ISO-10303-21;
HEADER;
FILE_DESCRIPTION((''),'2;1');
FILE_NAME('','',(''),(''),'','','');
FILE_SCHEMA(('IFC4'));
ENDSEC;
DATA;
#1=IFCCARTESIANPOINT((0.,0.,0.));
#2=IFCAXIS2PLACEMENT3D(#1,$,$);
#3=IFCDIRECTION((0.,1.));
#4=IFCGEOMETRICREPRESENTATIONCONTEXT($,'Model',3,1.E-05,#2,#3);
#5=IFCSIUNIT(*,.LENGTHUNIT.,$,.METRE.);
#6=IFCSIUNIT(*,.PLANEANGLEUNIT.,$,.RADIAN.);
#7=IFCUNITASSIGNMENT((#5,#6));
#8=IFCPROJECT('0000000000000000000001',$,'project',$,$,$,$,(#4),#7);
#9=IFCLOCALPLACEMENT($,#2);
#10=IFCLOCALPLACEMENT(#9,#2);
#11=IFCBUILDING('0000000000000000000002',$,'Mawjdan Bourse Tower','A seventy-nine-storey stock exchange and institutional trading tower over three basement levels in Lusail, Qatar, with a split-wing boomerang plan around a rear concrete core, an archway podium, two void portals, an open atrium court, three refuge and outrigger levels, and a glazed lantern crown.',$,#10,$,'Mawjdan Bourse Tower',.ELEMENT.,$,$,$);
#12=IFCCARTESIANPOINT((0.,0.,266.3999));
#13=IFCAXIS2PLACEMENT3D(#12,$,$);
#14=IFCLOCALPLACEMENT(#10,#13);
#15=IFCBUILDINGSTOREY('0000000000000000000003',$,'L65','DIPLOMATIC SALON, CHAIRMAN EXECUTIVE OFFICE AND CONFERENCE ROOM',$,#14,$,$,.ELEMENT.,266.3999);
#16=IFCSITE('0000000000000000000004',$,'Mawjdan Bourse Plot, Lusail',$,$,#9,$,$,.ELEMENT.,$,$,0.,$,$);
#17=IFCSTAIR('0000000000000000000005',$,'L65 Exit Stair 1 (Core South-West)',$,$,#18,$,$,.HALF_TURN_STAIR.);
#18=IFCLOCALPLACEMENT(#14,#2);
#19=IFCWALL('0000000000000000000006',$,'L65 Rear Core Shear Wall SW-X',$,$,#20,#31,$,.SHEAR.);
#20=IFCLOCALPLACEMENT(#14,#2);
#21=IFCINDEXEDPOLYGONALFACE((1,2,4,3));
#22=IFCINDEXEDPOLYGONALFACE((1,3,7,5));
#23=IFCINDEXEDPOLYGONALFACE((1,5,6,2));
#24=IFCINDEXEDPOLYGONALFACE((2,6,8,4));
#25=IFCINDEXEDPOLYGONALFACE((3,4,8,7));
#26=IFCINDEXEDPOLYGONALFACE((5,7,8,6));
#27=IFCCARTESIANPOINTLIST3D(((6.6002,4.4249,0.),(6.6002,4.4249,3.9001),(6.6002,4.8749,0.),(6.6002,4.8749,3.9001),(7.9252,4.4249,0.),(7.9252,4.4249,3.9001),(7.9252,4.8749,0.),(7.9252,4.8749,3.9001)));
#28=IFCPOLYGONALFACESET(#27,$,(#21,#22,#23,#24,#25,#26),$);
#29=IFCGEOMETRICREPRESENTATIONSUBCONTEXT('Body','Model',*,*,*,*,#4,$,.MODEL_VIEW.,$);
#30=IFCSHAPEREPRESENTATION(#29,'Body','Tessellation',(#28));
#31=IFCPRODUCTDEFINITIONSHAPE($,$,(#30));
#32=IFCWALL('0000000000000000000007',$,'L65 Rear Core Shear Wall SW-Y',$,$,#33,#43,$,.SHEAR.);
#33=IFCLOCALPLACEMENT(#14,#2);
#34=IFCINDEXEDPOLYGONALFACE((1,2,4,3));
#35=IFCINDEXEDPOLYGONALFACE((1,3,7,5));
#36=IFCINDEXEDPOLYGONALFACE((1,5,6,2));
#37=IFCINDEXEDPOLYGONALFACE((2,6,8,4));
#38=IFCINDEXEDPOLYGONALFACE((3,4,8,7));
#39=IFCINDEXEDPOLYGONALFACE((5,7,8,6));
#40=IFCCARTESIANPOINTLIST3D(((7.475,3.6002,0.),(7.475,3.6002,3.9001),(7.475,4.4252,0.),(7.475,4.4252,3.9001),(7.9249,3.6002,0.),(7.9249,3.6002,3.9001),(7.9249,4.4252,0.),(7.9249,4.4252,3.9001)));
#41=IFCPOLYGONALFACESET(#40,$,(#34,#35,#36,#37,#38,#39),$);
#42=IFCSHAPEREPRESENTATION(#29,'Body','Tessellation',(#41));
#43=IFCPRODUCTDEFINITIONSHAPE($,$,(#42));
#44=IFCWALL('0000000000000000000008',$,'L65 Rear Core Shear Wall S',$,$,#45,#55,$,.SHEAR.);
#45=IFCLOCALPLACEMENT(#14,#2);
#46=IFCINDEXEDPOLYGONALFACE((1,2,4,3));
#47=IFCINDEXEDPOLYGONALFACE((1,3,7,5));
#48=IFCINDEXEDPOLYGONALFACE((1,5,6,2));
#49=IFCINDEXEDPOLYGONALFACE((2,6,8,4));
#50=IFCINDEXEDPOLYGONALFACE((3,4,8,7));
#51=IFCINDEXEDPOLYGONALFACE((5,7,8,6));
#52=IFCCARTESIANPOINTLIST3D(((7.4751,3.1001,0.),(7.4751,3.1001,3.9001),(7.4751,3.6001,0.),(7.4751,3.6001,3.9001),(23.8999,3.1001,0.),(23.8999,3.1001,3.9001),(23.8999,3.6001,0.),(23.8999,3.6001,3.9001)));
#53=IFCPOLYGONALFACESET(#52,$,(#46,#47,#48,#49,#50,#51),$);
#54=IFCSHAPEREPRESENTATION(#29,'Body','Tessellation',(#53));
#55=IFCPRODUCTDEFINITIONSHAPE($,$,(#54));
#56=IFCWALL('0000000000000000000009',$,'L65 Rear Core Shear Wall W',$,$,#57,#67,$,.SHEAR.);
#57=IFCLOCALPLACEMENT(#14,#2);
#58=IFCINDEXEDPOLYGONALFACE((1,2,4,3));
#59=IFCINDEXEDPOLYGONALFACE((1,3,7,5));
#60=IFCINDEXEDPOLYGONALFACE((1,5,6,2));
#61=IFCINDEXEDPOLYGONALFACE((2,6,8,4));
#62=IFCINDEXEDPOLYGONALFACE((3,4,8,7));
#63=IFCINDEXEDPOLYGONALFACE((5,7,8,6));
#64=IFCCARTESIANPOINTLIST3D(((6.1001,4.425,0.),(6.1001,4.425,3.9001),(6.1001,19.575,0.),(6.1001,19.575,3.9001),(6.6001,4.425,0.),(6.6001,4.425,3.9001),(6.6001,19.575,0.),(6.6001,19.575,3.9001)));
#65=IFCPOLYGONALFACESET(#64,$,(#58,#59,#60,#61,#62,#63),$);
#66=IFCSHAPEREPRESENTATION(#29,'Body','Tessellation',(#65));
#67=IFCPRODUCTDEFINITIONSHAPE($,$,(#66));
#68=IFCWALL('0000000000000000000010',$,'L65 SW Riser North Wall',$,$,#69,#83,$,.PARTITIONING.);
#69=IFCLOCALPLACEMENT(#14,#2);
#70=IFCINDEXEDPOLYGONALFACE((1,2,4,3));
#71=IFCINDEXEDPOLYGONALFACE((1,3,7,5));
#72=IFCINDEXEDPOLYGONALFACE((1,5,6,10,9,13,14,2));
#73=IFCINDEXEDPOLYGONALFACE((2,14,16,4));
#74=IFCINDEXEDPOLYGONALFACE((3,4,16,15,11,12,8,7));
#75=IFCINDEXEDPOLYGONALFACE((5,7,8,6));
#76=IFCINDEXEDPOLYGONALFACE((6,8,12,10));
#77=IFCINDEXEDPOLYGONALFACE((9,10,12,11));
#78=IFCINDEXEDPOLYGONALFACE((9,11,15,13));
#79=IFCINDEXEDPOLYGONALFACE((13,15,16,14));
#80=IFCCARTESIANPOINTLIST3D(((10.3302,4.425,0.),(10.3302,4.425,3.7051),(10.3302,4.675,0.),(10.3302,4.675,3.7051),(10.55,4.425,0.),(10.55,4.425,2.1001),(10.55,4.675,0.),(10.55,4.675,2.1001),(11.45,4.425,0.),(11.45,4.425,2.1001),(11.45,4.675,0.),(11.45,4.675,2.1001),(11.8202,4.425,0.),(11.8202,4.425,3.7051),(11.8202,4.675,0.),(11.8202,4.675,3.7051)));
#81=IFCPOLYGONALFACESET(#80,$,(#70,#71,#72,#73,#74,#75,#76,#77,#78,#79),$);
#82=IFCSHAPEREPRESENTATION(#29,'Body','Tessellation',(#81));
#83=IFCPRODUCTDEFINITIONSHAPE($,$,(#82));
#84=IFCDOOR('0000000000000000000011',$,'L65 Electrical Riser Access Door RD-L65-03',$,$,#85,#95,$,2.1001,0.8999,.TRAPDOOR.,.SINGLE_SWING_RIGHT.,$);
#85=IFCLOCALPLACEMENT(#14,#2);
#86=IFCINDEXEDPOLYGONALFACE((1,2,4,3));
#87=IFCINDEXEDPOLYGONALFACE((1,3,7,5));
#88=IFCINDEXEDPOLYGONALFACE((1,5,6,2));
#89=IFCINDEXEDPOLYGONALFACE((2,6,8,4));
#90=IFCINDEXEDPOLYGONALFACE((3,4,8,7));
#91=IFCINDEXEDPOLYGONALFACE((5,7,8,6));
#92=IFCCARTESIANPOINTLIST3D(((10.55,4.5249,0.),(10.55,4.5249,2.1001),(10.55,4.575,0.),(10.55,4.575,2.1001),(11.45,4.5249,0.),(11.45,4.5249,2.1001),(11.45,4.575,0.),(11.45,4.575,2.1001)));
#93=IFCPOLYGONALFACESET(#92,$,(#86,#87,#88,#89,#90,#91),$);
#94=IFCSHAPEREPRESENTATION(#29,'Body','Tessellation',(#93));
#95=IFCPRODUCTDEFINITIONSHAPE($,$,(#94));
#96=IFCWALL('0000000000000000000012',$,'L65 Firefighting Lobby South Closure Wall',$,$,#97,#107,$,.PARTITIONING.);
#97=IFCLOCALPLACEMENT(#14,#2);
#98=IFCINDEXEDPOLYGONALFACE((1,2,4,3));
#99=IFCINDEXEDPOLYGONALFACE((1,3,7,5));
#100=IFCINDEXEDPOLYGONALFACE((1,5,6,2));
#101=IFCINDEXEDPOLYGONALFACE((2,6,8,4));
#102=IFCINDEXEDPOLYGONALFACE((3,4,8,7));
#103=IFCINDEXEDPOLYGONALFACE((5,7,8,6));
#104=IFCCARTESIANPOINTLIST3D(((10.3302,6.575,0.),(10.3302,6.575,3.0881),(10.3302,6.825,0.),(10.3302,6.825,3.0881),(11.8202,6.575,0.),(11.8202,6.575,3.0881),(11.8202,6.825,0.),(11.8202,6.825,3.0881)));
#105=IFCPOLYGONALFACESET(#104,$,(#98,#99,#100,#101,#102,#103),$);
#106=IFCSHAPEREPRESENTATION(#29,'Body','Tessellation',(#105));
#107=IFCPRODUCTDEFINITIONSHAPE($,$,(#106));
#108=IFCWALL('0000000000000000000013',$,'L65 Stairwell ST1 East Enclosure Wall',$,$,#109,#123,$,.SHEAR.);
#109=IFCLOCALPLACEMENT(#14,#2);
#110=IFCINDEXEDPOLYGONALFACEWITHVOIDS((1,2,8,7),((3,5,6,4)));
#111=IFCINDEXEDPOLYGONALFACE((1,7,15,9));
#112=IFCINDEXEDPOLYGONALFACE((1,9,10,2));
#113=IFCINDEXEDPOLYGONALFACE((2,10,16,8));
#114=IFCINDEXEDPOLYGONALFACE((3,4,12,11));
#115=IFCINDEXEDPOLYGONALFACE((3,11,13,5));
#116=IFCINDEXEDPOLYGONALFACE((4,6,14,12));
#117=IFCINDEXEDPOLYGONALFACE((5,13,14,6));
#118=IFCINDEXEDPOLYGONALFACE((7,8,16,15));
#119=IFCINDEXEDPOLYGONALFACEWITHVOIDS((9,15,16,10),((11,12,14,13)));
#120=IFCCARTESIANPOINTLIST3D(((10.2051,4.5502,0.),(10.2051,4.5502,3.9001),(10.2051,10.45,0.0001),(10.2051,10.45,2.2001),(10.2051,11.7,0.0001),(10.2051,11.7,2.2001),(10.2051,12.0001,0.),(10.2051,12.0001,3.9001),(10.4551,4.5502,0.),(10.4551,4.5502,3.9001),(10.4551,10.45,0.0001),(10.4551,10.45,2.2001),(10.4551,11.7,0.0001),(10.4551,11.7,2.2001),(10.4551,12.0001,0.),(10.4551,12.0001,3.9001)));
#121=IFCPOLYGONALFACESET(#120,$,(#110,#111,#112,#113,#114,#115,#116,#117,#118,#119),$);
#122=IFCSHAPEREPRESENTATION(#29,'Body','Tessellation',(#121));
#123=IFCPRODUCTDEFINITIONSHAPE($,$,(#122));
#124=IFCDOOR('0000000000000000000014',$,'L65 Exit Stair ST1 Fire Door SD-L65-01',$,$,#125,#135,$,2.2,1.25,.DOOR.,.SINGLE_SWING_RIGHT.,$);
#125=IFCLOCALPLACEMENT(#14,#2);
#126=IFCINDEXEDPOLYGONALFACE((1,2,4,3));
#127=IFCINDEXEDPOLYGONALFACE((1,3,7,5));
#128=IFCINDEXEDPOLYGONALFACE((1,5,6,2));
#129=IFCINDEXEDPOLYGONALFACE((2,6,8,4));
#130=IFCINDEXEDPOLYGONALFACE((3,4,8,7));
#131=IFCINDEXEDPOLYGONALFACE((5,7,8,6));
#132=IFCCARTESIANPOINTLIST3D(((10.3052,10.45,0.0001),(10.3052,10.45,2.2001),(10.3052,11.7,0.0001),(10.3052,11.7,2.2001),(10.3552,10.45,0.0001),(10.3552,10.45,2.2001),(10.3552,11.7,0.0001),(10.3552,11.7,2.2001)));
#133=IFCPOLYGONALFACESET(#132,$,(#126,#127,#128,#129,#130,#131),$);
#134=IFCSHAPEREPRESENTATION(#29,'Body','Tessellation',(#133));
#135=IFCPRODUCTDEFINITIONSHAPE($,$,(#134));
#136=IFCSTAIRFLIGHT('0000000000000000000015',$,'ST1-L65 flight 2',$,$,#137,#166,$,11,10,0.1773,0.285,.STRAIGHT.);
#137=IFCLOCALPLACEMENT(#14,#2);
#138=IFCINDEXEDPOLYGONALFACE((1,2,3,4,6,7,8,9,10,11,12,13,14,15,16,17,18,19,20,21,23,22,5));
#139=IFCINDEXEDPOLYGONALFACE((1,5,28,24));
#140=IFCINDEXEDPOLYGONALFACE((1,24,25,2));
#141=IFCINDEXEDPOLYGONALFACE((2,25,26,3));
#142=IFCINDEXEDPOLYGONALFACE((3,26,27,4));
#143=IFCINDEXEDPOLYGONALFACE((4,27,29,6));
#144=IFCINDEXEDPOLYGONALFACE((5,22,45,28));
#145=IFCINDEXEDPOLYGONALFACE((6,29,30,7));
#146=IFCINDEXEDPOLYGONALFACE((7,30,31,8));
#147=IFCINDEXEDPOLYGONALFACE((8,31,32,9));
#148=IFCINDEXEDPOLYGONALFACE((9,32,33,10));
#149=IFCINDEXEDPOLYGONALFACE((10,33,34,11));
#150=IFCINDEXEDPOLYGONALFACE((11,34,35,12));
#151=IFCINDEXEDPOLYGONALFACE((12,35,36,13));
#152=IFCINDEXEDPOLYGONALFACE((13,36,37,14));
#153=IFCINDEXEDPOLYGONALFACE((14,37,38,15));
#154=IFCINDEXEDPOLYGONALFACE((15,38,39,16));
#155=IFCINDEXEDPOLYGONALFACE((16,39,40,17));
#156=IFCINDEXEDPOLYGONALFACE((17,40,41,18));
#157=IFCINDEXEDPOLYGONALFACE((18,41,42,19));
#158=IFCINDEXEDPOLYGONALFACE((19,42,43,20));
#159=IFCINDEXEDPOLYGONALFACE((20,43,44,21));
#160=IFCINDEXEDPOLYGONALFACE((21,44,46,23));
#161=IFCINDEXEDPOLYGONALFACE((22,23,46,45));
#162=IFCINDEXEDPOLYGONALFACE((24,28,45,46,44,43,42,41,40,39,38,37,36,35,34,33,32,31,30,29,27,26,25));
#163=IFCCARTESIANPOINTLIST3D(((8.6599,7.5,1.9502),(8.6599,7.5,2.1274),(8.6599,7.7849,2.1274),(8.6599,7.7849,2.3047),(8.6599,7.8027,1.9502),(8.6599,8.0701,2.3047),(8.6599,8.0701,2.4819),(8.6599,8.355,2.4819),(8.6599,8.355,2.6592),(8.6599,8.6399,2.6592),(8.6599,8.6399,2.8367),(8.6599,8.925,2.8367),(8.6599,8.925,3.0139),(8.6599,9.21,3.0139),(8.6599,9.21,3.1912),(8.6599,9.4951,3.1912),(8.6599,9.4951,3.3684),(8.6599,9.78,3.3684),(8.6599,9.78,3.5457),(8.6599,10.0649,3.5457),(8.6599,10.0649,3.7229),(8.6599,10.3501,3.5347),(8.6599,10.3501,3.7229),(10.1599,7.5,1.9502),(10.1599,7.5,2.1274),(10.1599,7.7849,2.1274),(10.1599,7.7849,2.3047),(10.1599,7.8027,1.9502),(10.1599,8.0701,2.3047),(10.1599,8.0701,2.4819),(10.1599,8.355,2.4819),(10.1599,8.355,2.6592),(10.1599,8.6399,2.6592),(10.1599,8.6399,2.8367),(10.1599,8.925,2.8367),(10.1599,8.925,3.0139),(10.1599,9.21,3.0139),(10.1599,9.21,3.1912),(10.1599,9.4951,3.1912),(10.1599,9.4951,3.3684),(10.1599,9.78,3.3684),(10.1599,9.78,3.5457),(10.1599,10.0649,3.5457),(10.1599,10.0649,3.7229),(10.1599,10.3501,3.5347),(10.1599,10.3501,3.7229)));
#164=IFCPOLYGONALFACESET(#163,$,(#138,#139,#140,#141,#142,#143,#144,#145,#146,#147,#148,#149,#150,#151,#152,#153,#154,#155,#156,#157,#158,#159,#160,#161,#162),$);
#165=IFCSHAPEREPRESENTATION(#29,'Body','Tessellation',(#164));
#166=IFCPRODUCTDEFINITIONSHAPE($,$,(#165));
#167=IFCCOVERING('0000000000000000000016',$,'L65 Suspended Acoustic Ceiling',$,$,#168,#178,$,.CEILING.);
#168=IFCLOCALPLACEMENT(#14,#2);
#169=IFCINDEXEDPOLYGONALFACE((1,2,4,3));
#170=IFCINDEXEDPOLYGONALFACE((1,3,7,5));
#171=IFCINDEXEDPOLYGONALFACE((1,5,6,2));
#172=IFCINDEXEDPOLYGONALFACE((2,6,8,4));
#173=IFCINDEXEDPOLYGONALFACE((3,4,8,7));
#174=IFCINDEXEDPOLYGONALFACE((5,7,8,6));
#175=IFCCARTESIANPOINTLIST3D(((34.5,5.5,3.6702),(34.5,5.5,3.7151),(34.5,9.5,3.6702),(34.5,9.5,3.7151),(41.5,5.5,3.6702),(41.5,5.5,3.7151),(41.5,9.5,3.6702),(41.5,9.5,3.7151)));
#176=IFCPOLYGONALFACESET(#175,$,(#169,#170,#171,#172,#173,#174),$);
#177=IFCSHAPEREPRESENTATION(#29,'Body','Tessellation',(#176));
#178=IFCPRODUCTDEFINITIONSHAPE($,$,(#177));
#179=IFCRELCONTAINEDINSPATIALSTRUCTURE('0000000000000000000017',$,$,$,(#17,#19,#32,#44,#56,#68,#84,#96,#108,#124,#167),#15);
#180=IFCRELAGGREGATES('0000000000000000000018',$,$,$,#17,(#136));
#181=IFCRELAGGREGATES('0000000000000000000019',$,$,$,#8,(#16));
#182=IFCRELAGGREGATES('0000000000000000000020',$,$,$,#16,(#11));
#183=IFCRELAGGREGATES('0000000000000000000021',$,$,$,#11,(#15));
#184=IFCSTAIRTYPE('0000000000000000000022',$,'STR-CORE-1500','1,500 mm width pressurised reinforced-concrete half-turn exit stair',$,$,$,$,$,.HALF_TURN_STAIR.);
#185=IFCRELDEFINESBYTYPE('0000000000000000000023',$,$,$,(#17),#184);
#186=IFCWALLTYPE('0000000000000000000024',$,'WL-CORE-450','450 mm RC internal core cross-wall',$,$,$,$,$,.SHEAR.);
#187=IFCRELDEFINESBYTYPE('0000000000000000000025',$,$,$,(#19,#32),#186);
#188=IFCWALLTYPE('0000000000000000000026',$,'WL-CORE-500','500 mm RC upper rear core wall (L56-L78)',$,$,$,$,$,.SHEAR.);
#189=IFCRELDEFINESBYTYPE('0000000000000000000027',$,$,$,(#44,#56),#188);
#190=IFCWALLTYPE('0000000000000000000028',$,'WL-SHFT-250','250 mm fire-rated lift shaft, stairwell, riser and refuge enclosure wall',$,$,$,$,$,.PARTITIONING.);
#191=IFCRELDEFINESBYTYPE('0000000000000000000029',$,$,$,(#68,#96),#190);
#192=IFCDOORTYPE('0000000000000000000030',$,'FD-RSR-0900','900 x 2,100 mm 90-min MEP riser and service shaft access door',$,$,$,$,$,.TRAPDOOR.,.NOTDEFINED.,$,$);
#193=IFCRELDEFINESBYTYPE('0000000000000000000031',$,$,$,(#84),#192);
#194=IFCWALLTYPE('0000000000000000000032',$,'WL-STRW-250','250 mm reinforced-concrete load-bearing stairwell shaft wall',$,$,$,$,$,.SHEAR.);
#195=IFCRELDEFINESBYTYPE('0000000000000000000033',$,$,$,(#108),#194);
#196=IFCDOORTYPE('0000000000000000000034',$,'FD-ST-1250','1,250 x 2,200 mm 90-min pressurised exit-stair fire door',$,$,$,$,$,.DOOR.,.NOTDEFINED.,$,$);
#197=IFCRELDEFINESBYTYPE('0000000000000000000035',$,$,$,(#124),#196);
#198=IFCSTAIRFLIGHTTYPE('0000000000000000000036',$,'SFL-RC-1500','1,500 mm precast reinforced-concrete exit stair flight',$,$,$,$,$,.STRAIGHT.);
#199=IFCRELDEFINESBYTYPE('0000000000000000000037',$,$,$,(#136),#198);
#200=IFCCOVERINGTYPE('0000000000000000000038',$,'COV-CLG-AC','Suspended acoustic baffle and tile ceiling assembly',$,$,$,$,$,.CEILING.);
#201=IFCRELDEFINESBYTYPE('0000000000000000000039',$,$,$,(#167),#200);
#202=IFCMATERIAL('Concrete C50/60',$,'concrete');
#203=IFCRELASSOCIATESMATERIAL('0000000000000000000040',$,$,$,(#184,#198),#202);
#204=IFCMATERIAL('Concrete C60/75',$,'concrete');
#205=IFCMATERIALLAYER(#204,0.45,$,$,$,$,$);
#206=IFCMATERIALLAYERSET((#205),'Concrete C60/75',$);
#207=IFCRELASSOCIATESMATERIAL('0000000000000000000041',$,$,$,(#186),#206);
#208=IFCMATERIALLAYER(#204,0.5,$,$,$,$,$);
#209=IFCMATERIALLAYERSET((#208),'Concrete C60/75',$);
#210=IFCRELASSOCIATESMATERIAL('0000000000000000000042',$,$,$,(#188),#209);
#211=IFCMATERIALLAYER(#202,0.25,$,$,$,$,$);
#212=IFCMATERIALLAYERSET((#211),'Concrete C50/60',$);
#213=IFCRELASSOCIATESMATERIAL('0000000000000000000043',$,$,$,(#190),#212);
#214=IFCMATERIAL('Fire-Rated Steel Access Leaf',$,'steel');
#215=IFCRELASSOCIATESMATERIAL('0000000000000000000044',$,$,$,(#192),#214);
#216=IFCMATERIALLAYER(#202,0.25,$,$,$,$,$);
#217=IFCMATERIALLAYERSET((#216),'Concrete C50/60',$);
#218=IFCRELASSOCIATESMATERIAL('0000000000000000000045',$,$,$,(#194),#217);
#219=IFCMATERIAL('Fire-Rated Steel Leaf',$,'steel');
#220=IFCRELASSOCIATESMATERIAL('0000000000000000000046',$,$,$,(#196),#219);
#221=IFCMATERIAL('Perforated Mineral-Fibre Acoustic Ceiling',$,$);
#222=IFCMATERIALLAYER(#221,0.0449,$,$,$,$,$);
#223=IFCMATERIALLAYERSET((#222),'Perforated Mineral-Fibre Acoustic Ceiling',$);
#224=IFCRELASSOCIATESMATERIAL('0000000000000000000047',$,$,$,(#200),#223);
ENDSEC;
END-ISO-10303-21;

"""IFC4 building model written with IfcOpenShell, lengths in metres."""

from ifc_helpers import new_model, si_unit, direction, frame, frame_2d, origin, place, context, subcontext, project, spatial, polyline, rectangle, outline, extrude, material, layer, layer_set, type_object, element, fill, aggregate, save


model = new_model("IFC4")

# Units and contexts
model_context = context("Model", 3, precision=1e-05, world=origin(), true_north=direction((0.0, 1.0)))
body_context = subcontext(model_context, "Body", "Model", "MODEL_VIEW")
ifc_project = project(units=[si_unit("LENGTHUNIT", "METRE"), si_unit("PLANEANGLEUNIT", "RADIAN")], contexts=[model_context])

# Site, building, storey
site_placement = place(None, origin())
site = spatial("IfcSite", under=ifc_project, at=site_placement, Name="Mawjdan Bourse Plot, Lusail", CompositionType="ELEMENT", RefElevation=0.0)
building_placement = place(site_placement, origin())
building = spatial("IfcBuilding", under=site, at=building_placement, Name="Mawjdan Bourse Tower", Description="A seventy-nine-storey stock exchange and institutional trading tower over three basement levels in Lusail, Qatar, with a split-wing boomerang plan around a rear concrete core, an archway podium, two void portals, an open atrium court, three refuge and outrigger levels, and a glazed lantern crown.", LongName="Mawjdan Bourse Tower", CompositionType="ELEMENT")
storey_placement = place(building_placement, frame((0.0, 0.0, 266.3999)))
storey = spatial("IfcBuildingStorey", under=building, at=storey_placement, Name="L65", Description="DIPLOMATIC SALON, CHAIRMAN EXECUTIVE OFFICE AND CONFERENCE ROOM", CompositionType="ELEMENT", Elevation=266.3999)

# Stair
ifc_material_1 = material(Name="Concrete C50/60", Category="concrete")
stair_type = type_object("IfcStairType", Name="STR-CORE-1500", Description="1,500 mm width pressurised reinforced-concrete half-turn exit stair", PredefinedType="HALF_TURN_STAIR", material=ifc_material_1)
stair_1_placement = place(storey_placement, origin())
stair_1 = element("IfcStair", 1, at=stair_1_placement, inside=storey, type_object=stair_type, Name="L65 Exit Stair 1 (Core South-West)", PredefinedType="HALF_TURN_STAIR")

# Walls
ifc_material_2 = material(Name="Concrete C60/75", Category="concrete")
ifc_layer_1 = layer(ifc_material_2, 0.45)
ifc_layer_set_1 = layer_set([ifc_layer_1], Name="Concrete C60/75")
wall_type_1 = type_object("IfcWallType", Name="WL-CORE-450", Description="450 mm RC internal core cross-wall", PredefinedType="SHEAR", material=ifc_layer_set_1)
wall_1_placement = place(storey_placement, frame((6.6001, 4.6499, 0.0), z_axis=(0.0, 0.0, 1.0), x_axis=(1.0, 0.0, 0.0)))
element("IfcWall", 2, at=wall_1_placement, inside=storey, type_object=wall_type_1, Name="L65 Rear Core Shear Wall SW-X", PredefinedType="SHEAR", context=body_context, shape_type="SweptSolid", body=[
    extrude(rectangle(XDim=1.325, YDim=0.45, at=frame_2d((0.6626, 0.0))), origin(), (0.0, 0.0, 1.0), 3.9001),
])
wall_2_placement = place(storey_placement, frame((7.7, 3.6001, 0.0), z_axis=(0.0, 0.0, 1.0), x_axis=(0.0, 1.0, 0.0)))
element("IfcWall", 3, at=wall_2_placement, inside=storey, type_object=wall_type_1, Name="L65 Rear Core Shear Wall SW-Y", PredefinedType="SHEAR", context=body_context, shape_type="SweptSolid", body=[
    extrude(rectangle(XDim=0.825, YDim=0.45, at=frame_2d((0.4126, 0.0))), origin(), (0.0, 0.0, 1.0), 3.9001),
])
ifc_layer_2 = layer(ifc_material_2, 0.5)
ifc_layer_set_2 = layer_set([ifc_layer_2], Name="Concrete C60/75")
wall_type_2 = type_object("IfcWallType", Name="WL-CORE-500", Description="500 mm RC upper rear core wall (L56-L78)", PredefinedType="SHEAR", material=ifc_layer_set_2)
wall_3_placement = place(storey_placement, frame((7.4751, 3.3501, 0.0), z_axis=(0.0, 0.0, 1.0), x_axis=(1.0, 0.0, 0.0)))
element("IfcWall", 4, at=wall_3_placement, inside=storey, type_object=wall_type_2, Name="L65 Rear Core Shear Wall S", PredefinedType="SHEAR", context=body_context, shape_type="SweptSolid", body=[
    extrude(rectangle(XDim=16.4248, YDim=0.5, at=frame_2d((8.2124, 0.0))), origin(), (0.0, 0.0, 1.0), 3.9001),
])
wall_4_placement = place(storey_placement, frame((6.3501, 4.425, 0.0), z_axis=(0.0, 0.0, 1.0), x_axis=(0.0, 1.0, 0.0)))
element("IfcWall", 5, at=wall_4_placement, inside=storey, type_object=wall_type_2, Name="L65 Rear Core Shear Wall W", PredefinedType="SHEAR", context=body_context, shape_type="SweptSolid", body=[
    extrude(rectangle(XDim=15.1499, YDim=0.5, at=frame_2d((7.575, 0.0))), origin(), (0.0, 0.0, 1.0), 3.9001),
])

# Wall, opening, door
ifc_layer_3 = layer(ifc_material_1, 0.25)
ifc_layer_set_3 = layer_set([ifc_layer_3], Name="Concrete C50/60")
wall_type_3 = type_object("IfcWallType", Name="WL-SHFT-250", Description="250 mm fire-rated lift shaft, stairwell, riser and refuge enclosure wall", PredefinedType="PARTITIONING", material=ifc_layer_set_3)
wall_5_placement = place(storey_placement, frame((10.3301, 4.55, 0.0), z_axis=(0.0, 0.0, 1.0), x_axis=(1.0, 0.0, 0.0)))
wall_5 = element("IfcWall", 6, at=wall_5_placement, inside=storey, type_object=wall_type_3, Name="L65 SW Riser North Wall", PredefinedType="PARTITIONING", context=body_context, shape_type="SweptSolid", body=[
    extrude(rectangle(XDim=1.49, YDim=0.25, at=frame_2d((0.7451, 0.0))), origin(), (0.0, 0.0, 1.0), 3.7051),
])
opening_1_placement = place(wall_5_placement, frame((0.22, 0.0, 0.0)))
opening_1 = element("IfcOpeningElement", 7, at=opening_1_placement, cuts=wall_5, PredefinedType="OPENING", context=body_context, shape_type="SweptSolid", body=[
    extrude(rectangle(XDim=0.8999, YDim=2.1001, at=frame_2d((0.45, 1.05))), frame((0.0, 0.135, 0.0), z_axis=(0.0, -1.0, 0.0), x_axis=(1.0, 0.0, 0.0)), (0.0, 0.0, 1.0), 0.27),
])
ifc_material_3 = material(Name="Fire-Rated Steel Access Leaf", Category="steel")
door_type_1 = type_object("IfcDoorType", Name="FD-RSR-0900", Description="900 x 2,100 mm 90-min MEP riser and service shaft access door", OperationType="NOTDEFINED", PredefinedType="TRAPDOOR", material=ifc_material_3)
door_1_placement = place(opening_1_placement, origin())
door_1 = element("IfcDoor", 8, at=door_1_placement, inside=storey, type_object=door_type_1, Name="L65 Electrical Riser Access Door RD-L65-03", OperationType="SINGLE_SWING_RIGHT", OverallHeight=2.1001, OverallWidth=0.8999, PredefinedType="TRAPDOOR", context=body_context, shape_type="SweptSolid", body=[
    extrude(rectangle(XDim=0.8999, YDim=2.1001, at=frame_2d((0.45, 1.05))), frame((0.0, 0.0249, 0.0), z_axis=(0.0, -1.0, 0.0), x_axis=(1.0, 0.0, 0.0)), (0.0, 0.0, 1.0), 0.05),
])
fill(opening_1, door_1)

# Wall
wall_6_placement = place(storey_placement, frame((10.3301, 6.7, 0.0), z_axis=(0.0, 0.0, 1.0), x_axis=(1.0, 0.0, 0.0)))
element("IfcWall", 9, at=wall_6_placement, inside=storey, type_object=wall_type_3, Name="L65 Firefighting Lobby South Closure Wall", PredefinedType="PARTITIONING", context=body_context, shape_type="SweptSolid", body=[
    extrude(rectangle(XDim=1.49, YDim=0.25, at=frame_2d((0.7451, 0.0))), origin(), (0.0, 0.0, 1.0), 3.0881),
])
ifc_layer_4 = layer(ifc_material_1, 0.25)
ifc_layer_set_4 = layer_set([ifc_layer_4], Name="Concrete C50/60")
wall_type_4 = type_object("IfcWallType", Name="WL-STRW-250", Description="250 mm reinforced-concrete load-bearing stairwell shaft wall", PredefinedType="SHEAR", material=ifc_layer_set_4)

# Wall, opening, door
wall_7_placement = place(storey_placement, frame((10.3301, 4.55, 0.0), z_axis=(0.0, 0.0, 1.0), x_axis=(0.0, 1.0, 0.0)))
wall_7 = element("IfcWall", 10, at=wall_7_placement, inside=storey, type_object=wall_type_4, Name="L65 Stairwell ST1 East Enclosure Wall", PredefinedType="SHEAR", context=body_context, shape_type="SweptSolid", body=[
    extrude(rectangle(XDim=7.45, YDim=0.25, at=frame_2d((3.7251, 0.0))), origin(), (0.0, 0.0, 1.0), 3.9001),
])
opening_2_placement = place(wall_7_placement, frame((5.8999, 0.0, 0.0)))
opening_2 = element("IfcOpeningElement", 11, at=opening_2_placement, cuts=wall_7, PredefinedType="OPENING", context=body_context, shape_type="SweptSolid", body=[
    extrude(rectangle(XDim=1.25, YDim=2.2, at=frame_2d((0.625, 1.1001))), frame((0.0, 0.135, 0.0), z_axis=(0.0, -1.0, 0.0), x_axis=(1.0, 0.0, 0.0)), (0.0, 0.0, 1.0), 0.27),
])
ifc_material_4 = material(Name="Fire-Rated Steel Leaf", Category="steel")
door_type_2 = type_object("IfcDoorType", Name="FD-ST-1250", Description="1,250 x 2,200 mm 90-min pressurised exit-stair fire door", OperationType="NOTDEFINED", PredefinedType="DOOR", material=ifc_material_4)
door_2_placement = place(opening_2_placement, origin())
door_2 = element("IfcDoor", 12, at=door_2_placement, inside=storey, type_object=door_type_2, Name="L65 Exit Stair ST1 Fire Door SD-L65-01", OperationType="SINGLE_SWING_RIGHT", OverallHeight=2.2, OverallWidth=1.25, PredefinedType="DOOR", context=body_context, shape_type="SweptSolid", body=[
    extrude(rectangle(XDim=1.25, YDim=2.2, at=frame_2d((0.625, 1.1001))), frame((0.0, 0.0249, 0.0), z_axis=(0.0, -1.0, 0.0), x_axis=(1.0, 0.0, 0.0)), (0.0, 0.0, 1.0), 0.05),
])
fill(opening_2, door_2)

# Stair flight
stair_flight_type = type_object("IfcStairFlightType", Name="SFL-RC-1500", Description="1,500 mm precast reinforced-concrete exit stair flight", PredefinedType="STRAIGHT", material=ifc_material_1)
stair_flight_placement = place(storey_placement, frame((9.4099, 7.5, 1.9502), z_axis=(0.0, 0.0, 1.0), x_axis=(0.0, 1.0, 0.0)))
stair_flight = element("IfcStairFlight", 13, at=stair_flight_placement, type_object=stair_flight_type, Name="ST1-L65 flight 2", NumberOfRisers=11, NumberOfTreads=10, PredefinedType="STRAIGHT", RiserHeight=0.1773, TreadLength=0.285, context=body_context, shape_type="SweptSolid", body=[
    extrude(outline(polyline([(0.0, 0.0), (0.0, 0.1772), (0.2849, 0.1772), (0.2849, 0.3545), (0.5701, 0.3545), (0.5701, 0.5317), (0.855, 0.5317), (0.855, 0.709), (1.1399, 0.709), (1.1399, 0.8865), (1.425, 0.8865), (1.425, 1.0637), (1.71, 1.0637), (1.71, 1.241), (1.9951, 1.241), (1.9951, 1.4182), (2.28, 1.4182), (2.28, 1.5955), (2.5649, 1.5955), (2.5649, 1.7727), (2.8501, 1.7727), (2.8501, 1.95), (2.8501, 1.5845), (0.3027, 0.0), (0.0, 0.0)])), frame((0.0, 0.75, 0.0), z_axis=(0.0, -1.0, 0.0), x_axis=(1.0, 0.0, 0.0)), (0.0, 0.0, 1.0), 1.5),
])
aggregate(stair_1, [stair_flight])

# Covering
ifc_material_5 = material(Name="Perforated Mineral-Fibre Acoustic Ceiling")
ifc_layer_5 = layer(ifc_material_5, 0.0449)
ifc_layer_set_5 = layer_set([ifc_layer_5], Name="Perforated Mineral-Fibre Acoustic Ceiling")
covering_type = type_object("IfcCoveringType", Name="COV-CLG-AC", Description="Suspended acoustic baffle and tile ceiling assembly", PredefinedType="CEILING", material=ifc_layer_set_5)
covering_placement = place(storey_placement, frame((0.0, 0.0, 3.6702)))
element("IfcCovering", 14, at=covering_placement, inside=storey, type_object=covering_type, Name="L65 Suspended Acoustic Ceiling", PredefinedType="CEILING", context=body_context, shape_type="SweptSolid", body=[
    extrude(outline(polyline([(34.5, 5.5), (41.5, 5.5), (41.5, 9.5), (34.5, 9.5), (34.5, 5.5)])), origin(), (0.0, 0.0, 1.0), 0.0449),
])

save(model, "model.ifc")
